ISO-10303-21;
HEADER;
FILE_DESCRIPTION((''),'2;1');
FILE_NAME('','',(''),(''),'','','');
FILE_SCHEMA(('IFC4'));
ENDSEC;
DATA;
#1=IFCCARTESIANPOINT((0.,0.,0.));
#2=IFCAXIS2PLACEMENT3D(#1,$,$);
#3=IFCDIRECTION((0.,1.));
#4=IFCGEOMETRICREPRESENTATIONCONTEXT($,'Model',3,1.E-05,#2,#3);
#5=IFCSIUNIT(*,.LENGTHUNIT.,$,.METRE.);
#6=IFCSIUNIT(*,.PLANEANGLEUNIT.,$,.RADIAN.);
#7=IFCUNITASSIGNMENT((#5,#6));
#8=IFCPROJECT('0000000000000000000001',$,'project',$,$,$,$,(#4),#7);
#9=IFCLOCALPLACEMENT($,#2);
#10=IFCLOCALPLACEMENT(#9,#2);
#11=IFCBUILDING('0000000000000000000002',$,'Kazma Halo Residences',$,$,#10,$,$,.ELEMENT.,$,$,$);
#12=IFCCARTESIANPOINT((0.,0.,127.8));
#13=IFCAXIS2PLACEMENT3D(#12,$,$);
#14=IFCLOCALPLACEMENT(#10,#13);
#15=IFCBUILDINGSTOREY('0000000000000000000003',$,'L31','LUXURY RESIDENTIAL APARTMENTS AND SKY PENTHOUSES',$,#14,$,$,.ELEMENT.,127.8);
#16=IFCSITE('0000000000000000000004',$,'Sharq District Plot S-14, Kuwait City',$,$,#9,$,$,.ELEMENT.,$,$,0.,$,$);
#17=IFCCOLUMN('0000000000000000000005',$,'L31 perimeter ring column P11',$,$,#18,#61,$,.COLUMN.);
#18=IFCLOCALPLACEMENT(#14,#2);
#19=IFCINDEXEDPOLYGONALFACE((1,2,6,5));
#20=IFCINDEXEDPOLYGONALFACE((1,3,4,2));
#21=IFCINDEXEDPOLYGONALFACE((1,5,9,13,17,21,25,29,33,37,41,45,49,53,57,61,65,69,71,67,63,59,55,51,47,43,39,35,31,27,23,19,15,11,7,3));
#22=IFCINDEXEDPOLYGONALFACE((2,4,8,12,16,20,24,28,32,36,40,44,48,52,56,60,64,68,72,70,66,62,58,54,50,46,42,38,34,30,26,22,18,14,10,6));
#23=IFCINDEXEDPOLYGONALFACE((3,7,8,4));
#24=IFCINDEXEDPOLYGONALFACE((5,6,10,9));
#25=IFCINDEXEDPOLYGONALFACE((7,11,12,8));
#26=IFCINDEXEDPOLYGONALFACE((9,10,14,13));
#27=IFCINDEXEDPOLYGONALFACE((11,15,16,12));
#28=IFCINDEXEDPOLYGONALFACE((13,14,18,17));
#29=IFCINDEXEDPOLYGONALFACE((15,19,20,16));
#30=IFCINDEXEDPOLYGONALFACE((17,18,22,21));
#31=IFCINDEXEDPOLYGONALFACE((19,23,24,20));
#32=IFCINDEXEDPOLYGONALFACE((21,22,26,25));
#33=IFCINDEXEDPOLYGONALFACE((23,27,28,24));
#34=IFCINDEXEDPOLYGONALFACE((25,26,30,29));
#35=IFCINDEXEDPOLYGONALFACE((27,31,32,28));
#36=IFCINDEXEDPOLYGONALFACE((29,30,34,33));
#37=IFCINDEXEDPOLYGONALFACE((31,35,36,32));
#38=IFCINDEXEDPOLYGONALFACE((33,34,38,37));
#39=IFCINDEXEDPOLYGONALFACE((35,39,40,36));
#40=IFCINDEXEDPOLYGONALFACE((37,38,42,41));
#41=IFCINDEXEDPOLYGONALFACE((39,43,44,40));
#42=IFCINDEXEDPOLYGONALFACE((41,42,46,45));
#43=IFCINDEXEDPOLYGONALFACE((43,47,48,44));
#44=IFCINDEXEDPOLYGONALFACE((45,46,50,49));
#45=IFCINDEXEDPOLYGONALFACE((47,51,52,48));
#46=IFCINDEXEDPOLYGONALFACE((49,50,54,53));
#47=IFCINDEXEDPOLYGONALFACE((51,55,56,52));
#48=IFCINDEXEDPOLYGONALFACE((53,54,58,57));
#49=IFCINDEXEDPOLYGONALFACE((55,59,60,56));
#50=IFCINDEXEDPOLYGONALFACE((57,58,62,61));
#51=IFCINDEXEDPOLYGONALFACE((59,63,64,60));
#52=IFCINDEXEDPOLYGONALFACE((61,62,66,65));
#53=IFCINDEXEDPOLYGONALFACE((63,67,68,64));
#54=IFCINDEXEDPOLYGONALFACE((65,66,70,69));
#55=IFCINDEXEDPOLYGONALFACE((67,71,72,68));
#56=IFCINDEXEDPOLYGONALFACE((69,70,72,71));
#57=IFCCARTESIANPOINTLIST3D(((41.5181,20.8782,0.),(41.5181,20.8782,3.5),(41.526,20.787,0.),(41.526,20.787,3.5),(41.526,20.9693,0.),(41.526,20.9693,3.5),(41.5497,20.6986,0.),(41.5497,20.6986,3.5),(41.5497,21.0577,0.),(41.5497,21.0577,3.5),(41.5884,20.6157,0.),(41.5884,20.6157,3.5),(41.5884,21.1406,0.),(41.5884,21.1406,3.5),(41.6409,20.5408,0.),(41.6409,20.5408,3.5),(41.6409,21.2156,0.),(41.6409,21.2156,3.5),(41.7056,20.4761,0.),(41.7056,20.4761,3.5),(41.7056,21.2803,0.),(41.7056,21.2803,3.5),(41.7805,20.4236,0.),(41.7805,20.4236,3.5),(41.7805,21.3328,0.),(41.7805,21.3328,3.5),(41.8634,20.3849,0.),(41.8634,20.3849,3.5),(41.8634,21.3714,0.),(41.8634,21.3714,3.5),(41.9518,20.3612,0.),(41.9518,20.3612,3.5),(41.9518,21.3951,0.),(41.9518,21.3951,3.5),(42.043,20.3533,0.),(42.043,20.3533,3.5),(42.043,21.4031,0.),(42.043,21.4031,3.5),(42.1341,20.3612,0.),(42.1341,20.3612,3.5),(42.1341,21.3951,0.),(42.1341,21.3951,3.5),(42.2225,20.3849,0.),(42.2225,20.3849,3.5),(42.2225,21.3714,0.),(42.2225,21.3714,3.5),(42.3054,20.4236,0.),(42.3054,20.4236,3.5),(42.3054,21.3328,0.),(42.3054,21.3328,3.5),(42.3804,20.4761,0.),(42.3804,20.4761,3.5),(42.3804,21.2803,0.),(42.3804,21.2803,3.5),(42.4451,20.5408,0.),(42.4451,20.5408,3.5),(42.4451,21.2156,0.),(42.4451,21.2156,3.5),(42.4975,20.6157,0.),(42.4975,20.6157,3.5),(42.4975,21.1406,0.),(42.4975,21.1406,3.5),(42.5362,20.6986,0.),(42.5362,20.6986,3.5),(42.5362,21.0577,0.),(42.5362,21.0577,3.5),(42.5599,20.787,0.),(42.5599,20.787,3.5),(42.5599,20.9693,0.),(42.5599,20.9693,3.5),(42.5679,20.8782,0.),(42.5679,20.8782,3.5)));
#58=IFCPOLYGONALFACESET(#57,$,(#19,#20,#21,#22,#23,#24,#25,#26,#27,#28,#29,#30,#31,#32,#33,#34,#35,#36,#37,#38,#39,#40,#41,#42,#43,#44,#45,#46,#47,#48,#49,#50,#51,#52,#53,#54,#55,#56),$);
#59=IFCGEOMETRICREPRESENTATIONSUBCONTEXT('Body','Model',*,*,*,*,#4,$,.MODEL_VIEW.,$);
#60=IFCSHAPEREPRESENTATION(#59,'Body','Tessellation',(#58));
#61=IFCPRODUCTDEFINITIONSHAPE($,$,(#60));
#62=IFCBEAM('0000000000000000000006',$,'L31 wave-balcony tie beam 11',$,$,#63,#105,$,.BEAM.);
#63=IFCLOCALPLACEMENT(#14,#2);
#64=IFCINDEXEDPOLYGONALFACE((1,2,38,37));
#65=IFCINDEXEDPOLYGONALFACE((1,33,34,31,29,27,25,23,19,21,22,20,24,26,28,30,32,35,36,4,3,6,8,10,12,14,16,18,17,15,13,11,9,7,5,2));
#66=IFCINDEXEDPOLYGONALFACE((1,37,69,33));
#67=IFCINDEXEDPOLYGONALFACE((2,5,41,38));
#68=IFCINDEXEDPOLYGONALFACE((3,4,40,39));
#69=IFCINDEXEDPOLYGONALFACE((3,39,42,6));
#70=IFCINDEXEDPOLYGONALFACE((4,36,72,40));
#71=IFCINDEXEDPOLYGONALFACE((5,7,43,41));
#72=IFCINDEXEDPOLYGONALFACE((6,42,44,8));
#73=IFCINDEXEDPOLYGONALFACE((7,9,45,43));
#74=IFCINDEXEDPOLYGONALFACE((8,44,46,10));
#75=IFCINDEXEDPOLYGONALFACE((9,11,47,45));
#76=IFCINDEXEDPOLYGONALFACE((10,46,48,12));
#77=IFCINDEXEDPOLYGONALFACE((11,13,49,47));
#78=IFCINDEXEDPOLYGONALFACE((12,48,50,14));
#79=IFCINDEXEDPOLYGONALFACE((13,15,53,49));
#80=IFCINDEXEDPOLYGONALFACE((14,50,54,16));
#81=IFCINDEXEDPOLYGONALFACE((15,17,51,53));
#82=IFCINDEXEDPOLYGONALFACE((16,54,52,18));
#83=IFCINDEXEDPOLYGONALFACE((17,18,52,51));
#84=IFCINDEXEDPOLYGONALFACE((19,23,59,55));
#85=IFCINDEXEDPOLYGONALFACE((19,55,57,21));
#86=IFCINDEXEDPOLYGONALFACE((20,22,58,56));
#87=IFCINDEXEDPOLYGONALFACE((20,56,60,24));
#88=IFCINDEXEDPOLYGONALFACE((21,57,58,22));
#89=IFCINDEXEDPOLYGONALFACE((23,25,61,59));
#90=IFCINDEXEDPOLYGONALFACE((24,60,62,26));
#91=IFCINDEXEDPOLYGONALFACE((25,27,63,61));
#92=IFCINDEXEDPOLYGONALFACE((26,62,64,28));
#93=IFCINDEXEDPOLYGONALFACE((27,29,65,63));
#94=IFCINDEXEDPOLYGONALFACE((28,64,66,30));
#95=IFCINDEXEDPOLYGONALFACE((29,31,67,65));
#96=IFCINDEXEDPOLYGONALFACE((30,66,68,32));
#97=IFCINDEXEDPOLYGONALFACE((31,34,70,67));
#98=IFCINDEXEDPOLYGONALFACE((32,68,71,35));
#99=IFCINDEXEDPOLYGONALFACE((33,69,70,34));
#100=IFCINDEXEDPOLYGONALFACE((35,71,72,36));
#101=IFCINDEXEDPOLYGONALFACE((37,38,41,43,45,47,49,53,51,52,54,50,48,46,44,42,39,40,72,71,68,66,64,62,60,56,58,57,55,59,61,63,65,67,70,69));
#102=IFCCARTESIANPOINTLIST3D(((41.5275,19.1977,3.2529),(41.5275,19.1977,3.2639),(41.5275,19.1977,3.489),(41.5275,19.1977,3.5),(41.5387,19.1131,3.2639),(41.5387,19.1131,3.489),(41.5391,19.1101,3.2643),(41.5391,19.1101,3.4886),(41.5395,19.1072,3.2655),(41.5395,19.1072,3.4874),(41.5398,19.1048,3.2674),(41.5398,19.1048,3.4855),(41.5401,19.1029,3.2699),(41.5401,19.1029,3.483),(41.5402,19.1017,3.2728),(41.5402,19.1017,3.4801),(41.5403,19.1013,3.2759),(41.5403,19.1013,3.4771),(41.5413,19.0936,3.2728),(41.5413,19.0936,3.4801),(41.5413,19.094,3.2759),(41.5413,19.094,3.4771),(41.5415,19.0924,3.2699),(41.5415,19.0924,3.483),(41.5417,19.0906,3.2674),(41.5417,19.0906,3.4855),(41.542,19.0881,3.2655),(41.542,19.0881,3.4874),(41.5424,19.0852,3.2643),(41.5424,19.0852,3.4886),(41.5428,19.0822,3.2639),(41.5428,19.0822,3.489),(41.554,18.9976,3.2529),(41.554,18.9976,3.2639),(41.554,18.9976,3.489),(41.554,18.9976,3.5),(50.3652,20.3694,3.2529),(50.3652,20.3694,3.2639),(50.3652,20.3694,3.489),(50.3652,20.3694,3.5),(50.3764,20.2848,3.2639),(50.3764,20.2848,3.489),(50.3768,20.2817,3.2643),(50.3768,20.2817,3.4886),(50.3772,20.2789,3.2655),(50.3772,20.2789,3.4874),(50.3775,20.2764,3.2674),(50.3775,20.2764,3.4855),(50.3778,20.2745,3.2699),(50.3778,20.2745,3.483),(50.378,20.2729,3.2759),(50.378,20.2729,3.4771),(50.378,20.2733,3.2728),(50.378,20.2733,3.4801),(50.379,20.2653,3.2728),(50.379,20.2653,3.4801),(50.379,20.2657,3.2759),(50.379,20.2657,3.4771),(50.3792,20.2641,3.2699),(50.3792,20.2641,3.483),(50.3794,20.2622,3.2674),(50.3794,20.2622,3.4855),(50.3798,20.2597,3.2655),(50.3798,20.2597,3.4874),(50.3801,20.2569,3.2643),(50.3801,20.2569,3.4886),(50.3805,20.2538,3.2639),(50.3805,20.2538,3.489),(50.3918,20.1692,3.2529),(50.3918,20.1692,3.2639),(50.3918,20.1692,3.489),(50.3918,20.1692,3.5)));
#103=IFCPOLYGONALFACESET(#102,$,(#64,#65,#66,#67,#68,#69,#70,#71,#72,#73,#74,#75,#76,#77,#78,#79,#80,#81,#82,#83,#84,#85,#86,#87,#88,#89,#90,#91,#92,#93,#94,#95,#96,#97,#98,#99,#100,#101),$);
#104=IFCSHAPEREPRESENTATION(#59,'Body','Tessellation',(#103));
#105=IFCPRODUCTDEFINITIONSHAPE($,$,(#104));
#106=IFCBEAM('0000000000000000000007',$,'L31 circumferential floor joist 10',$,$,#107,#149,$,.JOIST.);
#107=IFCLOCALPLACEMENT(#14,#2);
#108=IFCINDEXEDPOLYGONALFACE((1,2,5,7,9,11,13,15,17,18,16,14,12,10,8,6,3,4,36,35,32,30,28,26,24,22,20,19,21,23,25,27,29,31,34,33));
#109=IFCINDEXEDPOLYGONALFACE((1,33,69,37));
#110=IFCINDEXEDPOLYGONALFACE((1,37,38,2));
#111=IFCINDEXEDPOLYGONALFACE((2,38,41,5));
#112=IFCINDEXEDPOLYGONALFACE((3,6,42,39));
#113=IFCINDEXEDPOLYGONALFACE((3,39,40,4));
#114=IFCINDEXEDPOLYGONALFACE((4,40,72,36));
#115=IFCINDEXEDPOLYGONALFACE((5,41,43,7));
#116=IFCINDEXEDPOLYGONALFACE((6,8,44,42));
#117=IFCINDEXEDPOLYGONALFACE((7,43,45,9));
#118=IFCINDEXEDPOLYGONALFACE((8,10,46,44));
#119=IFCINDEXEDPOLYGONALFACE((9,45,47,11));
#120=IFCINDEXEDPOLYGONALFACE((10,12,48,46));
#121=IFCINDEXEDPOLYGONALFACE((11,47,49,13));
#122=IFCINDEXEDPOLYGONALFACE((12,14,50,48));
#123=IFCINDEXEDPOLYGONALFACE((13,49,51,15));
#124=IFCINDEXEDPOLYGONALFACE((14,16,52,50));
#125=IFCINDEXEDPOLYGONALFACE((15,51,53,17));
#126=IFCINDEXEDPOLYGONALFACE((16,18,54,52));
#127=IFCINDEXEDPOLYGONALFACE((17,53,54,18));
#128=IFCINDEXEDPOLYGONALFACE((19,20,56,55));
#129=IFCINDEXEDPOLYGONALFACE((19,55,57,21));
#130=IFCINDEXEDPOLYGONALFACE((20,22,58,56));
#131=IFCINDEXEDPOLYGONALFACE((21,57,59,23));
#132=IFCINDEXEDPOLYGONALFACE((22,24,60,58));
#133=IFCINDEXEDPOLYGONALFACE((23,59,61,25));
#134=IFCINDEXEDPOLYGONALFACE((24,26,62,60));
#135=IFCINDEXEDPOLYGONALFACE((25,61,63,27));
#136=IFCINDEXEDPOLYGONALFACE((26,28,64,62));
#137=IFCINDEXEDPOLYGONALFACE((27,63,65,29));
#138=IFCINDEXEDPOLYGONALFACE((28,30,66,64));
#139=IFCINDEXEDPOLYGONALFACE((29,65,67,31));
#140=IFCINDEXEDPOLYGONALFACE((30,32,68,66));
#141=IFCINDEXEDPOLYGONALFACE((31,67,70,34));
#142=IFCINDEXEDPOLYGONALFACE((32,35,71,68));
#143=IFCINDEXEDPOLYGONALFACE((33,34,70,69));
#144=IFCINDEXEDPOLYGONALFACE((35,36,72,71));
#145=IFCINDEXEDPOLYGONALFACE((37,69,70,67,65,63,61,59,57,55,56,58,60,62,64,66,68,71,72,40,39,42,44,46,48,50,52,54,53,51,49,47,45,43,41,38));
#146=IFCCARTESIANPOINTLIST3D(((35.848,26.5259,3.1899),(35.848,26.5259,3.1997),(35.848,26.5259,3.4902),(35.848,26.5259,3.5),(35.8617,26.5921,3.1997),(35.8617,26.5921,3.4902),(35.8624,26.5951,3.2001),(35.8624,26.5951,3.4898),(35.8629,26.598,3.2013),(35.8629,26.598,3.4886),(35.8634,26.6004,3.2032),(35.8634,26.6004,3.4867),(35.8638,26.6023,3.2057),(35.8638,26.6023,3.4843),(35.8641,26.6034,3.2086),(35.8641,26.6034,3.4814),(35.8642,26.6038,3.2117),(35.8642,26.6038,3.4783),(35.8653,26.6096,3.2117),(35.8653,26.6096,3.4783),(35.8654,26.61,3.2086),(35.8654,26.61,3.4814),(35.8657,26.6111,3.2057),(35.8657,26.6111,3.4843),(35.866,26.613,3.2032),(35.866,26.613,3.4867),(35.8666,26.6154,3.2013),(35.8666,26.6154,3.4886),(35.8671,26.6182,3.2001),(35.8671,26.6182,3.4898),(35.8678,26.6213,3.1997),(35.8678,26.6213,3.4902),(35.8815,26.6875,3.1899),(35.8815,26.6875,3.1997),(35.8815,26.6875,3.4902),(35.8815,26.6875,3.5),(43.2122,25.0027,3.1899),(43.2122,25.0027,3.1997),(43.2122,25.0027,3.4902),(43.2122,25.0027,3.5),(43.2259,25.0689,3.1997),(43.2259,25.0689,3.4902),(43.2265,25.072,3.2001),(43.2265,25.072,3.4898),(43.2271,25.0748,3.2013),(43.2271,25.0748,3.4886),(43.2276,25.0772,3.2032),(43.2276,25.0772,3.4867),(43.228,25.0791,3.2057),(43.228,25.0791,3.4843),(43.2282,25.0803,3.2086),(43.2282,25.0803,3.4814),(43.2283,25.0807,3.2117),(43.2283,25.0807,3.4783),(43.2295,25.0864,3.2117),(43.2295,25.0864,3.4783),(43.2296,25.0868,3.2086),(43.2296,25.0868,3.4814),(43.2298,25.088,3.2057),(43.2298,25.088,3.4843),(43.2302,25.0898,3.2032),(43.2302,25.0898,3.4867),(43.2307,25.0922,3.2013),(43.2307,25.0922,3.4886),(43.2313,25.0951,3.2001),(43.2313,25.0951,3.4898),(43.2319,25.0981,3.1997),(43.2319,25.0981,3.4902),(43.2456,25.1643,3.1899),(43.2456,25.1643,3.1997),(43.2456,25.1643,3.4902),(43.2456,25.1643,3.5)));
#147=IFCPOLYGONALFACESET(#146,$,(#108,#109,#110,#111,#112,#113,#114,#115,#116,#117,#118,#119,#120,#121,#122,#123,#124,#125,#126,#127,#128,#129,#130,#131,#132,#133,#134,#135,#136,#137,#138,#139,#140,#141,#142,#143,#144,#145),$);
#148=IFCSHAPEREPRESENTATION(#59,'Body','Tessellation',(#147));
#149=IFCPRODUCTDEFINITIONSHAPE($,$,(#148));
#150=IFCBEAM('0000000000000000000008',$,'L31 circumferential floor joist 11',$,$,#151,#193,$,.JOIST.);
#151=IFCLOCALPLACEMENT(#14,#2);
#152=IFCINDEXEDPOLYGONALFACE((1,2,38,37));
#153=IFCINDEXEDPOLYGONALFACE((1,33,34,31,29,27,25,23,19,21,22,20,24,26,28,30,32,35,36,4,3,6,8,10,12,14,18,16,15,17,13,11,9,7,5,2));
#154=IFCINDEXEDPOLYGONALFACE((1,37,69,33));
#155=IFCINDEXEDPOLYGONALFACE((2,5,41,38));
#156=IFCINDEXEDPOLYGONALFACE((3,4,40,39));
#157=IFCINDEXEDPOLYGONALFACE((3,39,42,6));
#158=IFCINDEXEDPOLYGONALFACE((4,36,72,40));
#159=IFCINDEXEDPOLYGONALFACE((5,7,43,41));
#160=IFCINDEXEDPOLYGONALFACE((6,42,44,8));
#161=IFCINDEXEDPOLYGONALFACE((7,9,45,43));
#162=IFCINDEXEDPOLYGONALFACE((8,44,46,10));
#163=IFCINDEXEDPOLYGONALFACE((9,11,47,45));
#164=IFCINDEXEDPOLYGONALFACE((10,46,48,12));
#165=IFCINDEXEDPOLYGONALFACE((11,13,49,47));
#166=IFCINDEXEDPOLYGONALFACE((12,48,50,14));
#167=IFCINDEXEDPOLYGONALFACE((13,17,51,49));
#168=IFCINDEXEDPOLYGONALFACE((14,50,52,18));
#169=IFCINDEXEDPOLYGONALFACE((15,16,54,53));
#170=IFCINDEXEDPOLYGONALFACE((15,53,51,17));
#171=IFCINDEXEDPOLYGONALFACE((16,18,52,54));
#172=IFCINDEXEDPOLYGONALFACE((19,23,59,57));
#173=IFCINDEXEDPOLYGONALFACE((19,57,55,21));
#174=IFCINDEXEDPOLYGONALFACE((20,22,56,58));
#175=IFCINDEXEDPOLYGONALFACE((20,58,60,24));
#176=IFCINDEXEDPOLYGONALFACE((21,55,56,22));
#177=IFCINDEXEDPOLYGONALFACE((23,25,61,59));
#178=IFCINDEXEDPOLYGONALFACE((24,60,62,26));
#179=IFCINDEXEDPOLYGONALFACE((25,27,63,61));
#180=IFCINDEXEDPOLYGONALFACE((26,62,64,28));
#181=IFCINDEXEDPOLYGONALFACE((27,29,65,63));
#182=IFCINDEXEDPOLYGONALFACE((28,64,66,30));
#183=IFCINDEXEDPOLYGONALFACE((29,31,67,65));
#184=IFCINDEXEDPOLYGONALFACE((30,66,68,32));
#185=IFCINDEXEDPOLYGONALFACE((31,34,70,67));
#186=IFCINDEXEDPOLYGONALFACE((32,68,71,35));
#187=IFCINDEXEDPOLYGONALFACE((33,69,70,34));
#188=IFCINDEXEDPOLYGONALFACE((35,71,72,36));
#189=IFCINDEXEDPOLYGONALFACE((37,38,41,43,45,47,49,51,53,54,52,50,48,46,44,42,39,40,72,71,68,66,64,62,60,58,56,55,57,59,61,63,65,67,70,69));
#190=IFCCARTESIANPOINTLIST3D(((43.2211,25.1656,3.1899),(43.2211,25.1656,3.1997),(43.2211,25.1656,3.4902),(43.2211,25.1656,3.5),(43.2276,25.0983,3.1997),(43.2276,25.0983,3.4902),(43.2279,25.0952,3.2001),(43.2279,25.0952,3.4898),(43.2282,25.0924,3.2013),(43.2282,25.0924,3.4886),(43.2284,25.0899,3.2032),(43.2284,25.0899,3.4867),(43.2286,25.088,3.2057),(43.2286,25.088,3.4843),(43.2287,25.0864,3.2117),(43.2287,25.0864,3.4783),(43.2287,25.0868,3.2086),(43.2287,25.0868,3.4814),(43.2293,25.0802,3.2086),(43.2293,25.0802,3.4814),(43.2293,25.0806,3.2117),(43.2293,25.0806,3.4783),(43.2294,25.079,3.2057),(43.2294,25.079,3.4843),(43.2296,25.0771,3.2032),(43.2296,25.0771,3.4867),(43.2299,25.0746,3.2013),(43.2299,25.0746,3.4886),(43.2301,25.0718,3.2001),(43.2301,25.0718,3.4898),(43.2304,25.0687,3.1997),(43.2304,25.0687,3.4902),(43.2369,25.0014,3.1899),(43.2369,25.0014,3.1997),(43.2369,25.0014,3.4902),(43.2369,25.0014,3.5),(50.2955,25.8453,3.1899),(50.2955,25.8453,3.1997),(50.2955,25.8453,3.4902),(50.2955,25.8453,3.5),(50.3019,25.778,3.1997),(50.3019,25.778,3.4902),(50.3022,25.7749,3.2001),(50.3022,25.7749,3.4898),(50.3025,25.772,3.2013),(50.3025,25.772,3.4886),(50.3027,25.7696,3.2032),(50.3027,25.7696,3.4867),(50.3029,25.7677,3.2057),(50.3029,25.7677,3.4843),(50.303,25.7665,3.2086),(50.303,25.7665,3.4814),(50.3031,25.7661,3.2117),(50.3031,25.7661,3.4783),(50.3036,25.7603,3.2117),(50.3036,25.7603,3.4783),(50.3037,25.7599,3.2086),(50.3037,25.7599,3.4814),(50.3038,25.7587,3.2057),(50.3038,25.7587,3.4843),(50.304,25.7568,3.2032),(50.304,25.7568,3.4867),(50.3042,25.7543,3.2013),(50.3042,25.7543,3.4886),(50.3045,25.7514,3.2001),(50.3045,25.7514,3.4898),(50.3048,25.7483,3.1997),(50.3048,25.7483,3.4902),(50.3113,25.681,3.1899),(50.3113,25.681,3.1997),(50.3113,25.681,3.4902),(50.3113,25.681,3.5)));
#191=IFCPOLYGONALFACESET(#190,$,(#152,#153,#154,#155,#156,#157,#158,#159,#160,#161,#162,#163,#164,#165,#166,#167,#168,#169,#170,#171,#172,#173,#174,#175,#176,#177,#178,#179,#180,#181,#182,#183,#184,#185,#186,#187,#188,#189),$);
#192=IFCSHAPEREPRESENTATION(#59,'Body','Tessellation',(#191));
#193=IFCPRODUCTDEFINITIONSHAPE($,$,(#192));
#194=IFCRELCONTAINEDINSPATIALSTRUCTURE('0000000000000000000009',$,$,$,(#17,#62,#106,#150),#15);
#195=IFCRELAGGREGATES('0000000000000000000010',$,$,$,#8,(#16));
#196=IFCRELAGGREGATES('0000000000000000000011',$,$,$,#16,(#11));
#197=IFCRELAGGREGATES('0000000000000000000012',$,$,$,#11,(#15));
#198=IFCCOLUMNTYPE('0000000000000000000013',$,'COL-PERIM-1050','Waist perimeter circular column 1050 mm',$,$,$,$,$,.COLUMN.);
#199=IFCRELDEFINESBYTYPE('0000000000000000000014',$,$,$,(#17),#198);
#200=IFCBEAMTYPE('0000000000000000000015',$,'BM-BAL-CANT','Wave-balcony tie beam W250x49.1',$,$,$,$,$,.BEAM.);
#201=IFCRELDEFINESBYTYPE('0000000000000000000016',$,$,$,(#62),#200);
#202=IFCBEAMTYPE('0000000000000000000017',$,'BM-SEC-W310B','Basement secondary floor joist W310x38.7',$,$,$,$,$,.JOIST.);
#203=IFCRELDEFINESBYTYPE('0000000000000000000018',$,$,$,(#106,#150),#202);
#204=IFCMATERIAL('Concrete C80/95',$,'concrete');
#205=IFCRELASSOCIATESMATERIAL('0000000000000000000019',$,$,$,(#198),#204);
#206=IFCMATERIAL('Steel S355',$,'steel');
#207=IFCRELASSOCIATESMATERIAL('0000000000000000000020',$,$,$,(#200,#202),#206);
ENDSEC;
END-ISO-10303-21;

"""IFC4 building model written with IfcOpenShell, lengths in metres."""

from ifc_helpers import new_model, si_unit, direction, frame, origin, origin_2d, place, context, subcontext, project, spatial, circle, i_section, extrude, material, material_profile, profile_set, type_object, element, save


model = new_model("IFC4")

# Units and contexts
model_context = context("Model", 3, precision=1e-05, world=origin(), true_north=direction((0.0, 1.0)))
body_context = subcontext(model_context, "Body", "Model", "MODEL_VIEW")
ifc_project = project(units=[si_unit("LENGTHUNIT", "METRE"), si_unit("PLANEANGLEUNIT", "RADIAN")], contexts=[model_context])

# Site, building, storey
site_placement = place(None, origin())
site = spatial("IfcSite", under=ifc_project, at=site_placement, Name="Sharq District Plot S-14, Kuwait City", CompositionType="ELEMENT", RefElevation=0.0)
building_placement = place(site_placement, origin())
building = spatial("IfcBuilding", under=site, at=building_placement, Name="Kazma Halo Residences", CompositionType="ELEMENT")
storey_placement = place(building_placement, frame((0.0, 0.0, 127.8)))
storey = spatial("IfcBuildingStorey", under=building, at=storey_placement, Name="L31", Description="LUXURY RESIDENTIAL APARTMENTS AND SKY PENTHOUSES", CompositionType="ELEMENT", Elevation=127.8)

# Column
ifc_material_1 = material(Name="Concrete C80/95", Category="concrete")
ifc_material_profile_1 = material_profile(ifc_material_1, circle(Radius=0.5249, at=origin_2d()), Name="CIRC1050")
ifc_profile_set_1 = profile_set([ifc_material_profile_1], Name="Concrete C80/95")
column_type = type_object("IfcColumnType", Name="COL-PERIM-1050", Description="Waist perimeter circular column 1050 mm", PredefinedType="COLUMN", material=ifc_profile_set_1)
column_placement = place(storey_placement, frame((42.043, 20.8782, 0.0), z_axis=(0.0, 0.0, 1.0), x_axis=(1.0, 0.0, 0.0)))
element("IfcColumn", 1, at=column_placement, inside=storey, type_object=column_type, Name="L31 perimeter ring column P11", PredefinedType="COLUMN", context=body_context, shape_type="SweptSolid", body=[
    extrude(circle(Radius=0.5249, at=origin_2d()), origin(), (0.0, 0.0, 1.0), 3.5),
])

# Beams
ifc_material_2 = material(Name="Steel S355", Category="steel")
ifc_material_profile_2 = material_profile(ifc_material_2, i_section(OverallWidth=0.2019, OverallDepth=0.2471, WebThickness=0.0073, FlangeThickness=0.011, FilletRadius=0.012, at=origin_2d()), Name="W250x49.1")
ifc_profile_set_2 = profile_set([ifc_material_profile_2], Name="Steel S355")
beam_type_1 = type_object("IfcBeamType", Name="BM-BAL-CANT", Description="Wave-balcony tie beam W250x49.1", PredefinedType="BEAM", material=ifc_profile_set_2)
beam_1_placement = place(storey_placement, frame((41.5408, 19.0977, 3.3765), z_axis=(0.991326, 0.131423, 0.0), x_axis=(-0.131423, 0.991326, 0.0)))
element("IfcBeam", 2, at=beam_1_placement, inside=storey, type_object=beam_type_1, Name="L31 wave-balcony tie beam 11", PredefinedType="BEAM", context=body_context, shape_type="SweptSolid", body=[
    extrude(i_section(OverallWidth=0.2019, OverallDepth=0.2471, WebThickness=0.0073, FlangeThickness=0.011, FilletRadius=0.012, at=origin_2d()), origin(), (0.0, 0.0, 1.0), 8.915),
])
ifc_material_profile_3 = material_profile(ifc_material_2, i_section(OverallWidth=0.165, OverallDepth=0.3101, WebThickness=0.0059, FlangeThickness=0.0098, FilletRadius=0.012, at=origin_2d()), Name="W310x38.7")
ifc_profile_set_3 = profile_set([ifc_material_profile_3], Name="Steel S355")
beam_type_2 = type_object("IfcBeamType", Name="BM-SEC-W310B", Description="Basement secondary floor joist W310x38.7", PredefinedType="JOIST", material=ifc_profile_set_3)
beam_2_placement = place(storey_placement, frame((35.8647, 26.6067, 3.345), z_axis=(0.979272, -0.202549, 0.0), x_axis=(0.202549, 0.979272, 0.0)))
element("IfcBeam", 3, at=beam_2_placement, inside=storey, type_object=beam_type_2, Name="L31 circumferential floor joist 10", PredefinedType="JOIST", context=body_context, shape_type="SweptSolid", body=[
    extrude(i_section(OverallWidth=0.165, OverallDepth=0.3101, WebThickness=0.0059, FlangeThickness=0.0098, FilletRadius=0.012, at=origin_2d()), origin(), (0.0, 0.0, 1.0), 7.52),
])
beam_3_placement = place(storey_placement, frame((43.229, 25.0835, 3.345), z_axis=(0.995416, 0.095636, 0.0), x_axis=(-0.095636, 0.995416, 0.0)))
element("IfcBeam", 4, at=beam_3_placement, inside=storey, type_object=beam_type_2, Name="L31 circumferential floor joist 11", PredefinedType="JOIST", context=body_context, shape_type="SweptSolid", body=[
    extrude(i_section(OverallWidth=0.165, OverallDepth=0.3101, WebThickness=0.0059, FlangeThickness=0.0098, FilletRadius=0.012, at=origin_2d()), origin(), (0.0, 0.0, 1.0), 7.1069),
])

save(model, "model.ifc")
